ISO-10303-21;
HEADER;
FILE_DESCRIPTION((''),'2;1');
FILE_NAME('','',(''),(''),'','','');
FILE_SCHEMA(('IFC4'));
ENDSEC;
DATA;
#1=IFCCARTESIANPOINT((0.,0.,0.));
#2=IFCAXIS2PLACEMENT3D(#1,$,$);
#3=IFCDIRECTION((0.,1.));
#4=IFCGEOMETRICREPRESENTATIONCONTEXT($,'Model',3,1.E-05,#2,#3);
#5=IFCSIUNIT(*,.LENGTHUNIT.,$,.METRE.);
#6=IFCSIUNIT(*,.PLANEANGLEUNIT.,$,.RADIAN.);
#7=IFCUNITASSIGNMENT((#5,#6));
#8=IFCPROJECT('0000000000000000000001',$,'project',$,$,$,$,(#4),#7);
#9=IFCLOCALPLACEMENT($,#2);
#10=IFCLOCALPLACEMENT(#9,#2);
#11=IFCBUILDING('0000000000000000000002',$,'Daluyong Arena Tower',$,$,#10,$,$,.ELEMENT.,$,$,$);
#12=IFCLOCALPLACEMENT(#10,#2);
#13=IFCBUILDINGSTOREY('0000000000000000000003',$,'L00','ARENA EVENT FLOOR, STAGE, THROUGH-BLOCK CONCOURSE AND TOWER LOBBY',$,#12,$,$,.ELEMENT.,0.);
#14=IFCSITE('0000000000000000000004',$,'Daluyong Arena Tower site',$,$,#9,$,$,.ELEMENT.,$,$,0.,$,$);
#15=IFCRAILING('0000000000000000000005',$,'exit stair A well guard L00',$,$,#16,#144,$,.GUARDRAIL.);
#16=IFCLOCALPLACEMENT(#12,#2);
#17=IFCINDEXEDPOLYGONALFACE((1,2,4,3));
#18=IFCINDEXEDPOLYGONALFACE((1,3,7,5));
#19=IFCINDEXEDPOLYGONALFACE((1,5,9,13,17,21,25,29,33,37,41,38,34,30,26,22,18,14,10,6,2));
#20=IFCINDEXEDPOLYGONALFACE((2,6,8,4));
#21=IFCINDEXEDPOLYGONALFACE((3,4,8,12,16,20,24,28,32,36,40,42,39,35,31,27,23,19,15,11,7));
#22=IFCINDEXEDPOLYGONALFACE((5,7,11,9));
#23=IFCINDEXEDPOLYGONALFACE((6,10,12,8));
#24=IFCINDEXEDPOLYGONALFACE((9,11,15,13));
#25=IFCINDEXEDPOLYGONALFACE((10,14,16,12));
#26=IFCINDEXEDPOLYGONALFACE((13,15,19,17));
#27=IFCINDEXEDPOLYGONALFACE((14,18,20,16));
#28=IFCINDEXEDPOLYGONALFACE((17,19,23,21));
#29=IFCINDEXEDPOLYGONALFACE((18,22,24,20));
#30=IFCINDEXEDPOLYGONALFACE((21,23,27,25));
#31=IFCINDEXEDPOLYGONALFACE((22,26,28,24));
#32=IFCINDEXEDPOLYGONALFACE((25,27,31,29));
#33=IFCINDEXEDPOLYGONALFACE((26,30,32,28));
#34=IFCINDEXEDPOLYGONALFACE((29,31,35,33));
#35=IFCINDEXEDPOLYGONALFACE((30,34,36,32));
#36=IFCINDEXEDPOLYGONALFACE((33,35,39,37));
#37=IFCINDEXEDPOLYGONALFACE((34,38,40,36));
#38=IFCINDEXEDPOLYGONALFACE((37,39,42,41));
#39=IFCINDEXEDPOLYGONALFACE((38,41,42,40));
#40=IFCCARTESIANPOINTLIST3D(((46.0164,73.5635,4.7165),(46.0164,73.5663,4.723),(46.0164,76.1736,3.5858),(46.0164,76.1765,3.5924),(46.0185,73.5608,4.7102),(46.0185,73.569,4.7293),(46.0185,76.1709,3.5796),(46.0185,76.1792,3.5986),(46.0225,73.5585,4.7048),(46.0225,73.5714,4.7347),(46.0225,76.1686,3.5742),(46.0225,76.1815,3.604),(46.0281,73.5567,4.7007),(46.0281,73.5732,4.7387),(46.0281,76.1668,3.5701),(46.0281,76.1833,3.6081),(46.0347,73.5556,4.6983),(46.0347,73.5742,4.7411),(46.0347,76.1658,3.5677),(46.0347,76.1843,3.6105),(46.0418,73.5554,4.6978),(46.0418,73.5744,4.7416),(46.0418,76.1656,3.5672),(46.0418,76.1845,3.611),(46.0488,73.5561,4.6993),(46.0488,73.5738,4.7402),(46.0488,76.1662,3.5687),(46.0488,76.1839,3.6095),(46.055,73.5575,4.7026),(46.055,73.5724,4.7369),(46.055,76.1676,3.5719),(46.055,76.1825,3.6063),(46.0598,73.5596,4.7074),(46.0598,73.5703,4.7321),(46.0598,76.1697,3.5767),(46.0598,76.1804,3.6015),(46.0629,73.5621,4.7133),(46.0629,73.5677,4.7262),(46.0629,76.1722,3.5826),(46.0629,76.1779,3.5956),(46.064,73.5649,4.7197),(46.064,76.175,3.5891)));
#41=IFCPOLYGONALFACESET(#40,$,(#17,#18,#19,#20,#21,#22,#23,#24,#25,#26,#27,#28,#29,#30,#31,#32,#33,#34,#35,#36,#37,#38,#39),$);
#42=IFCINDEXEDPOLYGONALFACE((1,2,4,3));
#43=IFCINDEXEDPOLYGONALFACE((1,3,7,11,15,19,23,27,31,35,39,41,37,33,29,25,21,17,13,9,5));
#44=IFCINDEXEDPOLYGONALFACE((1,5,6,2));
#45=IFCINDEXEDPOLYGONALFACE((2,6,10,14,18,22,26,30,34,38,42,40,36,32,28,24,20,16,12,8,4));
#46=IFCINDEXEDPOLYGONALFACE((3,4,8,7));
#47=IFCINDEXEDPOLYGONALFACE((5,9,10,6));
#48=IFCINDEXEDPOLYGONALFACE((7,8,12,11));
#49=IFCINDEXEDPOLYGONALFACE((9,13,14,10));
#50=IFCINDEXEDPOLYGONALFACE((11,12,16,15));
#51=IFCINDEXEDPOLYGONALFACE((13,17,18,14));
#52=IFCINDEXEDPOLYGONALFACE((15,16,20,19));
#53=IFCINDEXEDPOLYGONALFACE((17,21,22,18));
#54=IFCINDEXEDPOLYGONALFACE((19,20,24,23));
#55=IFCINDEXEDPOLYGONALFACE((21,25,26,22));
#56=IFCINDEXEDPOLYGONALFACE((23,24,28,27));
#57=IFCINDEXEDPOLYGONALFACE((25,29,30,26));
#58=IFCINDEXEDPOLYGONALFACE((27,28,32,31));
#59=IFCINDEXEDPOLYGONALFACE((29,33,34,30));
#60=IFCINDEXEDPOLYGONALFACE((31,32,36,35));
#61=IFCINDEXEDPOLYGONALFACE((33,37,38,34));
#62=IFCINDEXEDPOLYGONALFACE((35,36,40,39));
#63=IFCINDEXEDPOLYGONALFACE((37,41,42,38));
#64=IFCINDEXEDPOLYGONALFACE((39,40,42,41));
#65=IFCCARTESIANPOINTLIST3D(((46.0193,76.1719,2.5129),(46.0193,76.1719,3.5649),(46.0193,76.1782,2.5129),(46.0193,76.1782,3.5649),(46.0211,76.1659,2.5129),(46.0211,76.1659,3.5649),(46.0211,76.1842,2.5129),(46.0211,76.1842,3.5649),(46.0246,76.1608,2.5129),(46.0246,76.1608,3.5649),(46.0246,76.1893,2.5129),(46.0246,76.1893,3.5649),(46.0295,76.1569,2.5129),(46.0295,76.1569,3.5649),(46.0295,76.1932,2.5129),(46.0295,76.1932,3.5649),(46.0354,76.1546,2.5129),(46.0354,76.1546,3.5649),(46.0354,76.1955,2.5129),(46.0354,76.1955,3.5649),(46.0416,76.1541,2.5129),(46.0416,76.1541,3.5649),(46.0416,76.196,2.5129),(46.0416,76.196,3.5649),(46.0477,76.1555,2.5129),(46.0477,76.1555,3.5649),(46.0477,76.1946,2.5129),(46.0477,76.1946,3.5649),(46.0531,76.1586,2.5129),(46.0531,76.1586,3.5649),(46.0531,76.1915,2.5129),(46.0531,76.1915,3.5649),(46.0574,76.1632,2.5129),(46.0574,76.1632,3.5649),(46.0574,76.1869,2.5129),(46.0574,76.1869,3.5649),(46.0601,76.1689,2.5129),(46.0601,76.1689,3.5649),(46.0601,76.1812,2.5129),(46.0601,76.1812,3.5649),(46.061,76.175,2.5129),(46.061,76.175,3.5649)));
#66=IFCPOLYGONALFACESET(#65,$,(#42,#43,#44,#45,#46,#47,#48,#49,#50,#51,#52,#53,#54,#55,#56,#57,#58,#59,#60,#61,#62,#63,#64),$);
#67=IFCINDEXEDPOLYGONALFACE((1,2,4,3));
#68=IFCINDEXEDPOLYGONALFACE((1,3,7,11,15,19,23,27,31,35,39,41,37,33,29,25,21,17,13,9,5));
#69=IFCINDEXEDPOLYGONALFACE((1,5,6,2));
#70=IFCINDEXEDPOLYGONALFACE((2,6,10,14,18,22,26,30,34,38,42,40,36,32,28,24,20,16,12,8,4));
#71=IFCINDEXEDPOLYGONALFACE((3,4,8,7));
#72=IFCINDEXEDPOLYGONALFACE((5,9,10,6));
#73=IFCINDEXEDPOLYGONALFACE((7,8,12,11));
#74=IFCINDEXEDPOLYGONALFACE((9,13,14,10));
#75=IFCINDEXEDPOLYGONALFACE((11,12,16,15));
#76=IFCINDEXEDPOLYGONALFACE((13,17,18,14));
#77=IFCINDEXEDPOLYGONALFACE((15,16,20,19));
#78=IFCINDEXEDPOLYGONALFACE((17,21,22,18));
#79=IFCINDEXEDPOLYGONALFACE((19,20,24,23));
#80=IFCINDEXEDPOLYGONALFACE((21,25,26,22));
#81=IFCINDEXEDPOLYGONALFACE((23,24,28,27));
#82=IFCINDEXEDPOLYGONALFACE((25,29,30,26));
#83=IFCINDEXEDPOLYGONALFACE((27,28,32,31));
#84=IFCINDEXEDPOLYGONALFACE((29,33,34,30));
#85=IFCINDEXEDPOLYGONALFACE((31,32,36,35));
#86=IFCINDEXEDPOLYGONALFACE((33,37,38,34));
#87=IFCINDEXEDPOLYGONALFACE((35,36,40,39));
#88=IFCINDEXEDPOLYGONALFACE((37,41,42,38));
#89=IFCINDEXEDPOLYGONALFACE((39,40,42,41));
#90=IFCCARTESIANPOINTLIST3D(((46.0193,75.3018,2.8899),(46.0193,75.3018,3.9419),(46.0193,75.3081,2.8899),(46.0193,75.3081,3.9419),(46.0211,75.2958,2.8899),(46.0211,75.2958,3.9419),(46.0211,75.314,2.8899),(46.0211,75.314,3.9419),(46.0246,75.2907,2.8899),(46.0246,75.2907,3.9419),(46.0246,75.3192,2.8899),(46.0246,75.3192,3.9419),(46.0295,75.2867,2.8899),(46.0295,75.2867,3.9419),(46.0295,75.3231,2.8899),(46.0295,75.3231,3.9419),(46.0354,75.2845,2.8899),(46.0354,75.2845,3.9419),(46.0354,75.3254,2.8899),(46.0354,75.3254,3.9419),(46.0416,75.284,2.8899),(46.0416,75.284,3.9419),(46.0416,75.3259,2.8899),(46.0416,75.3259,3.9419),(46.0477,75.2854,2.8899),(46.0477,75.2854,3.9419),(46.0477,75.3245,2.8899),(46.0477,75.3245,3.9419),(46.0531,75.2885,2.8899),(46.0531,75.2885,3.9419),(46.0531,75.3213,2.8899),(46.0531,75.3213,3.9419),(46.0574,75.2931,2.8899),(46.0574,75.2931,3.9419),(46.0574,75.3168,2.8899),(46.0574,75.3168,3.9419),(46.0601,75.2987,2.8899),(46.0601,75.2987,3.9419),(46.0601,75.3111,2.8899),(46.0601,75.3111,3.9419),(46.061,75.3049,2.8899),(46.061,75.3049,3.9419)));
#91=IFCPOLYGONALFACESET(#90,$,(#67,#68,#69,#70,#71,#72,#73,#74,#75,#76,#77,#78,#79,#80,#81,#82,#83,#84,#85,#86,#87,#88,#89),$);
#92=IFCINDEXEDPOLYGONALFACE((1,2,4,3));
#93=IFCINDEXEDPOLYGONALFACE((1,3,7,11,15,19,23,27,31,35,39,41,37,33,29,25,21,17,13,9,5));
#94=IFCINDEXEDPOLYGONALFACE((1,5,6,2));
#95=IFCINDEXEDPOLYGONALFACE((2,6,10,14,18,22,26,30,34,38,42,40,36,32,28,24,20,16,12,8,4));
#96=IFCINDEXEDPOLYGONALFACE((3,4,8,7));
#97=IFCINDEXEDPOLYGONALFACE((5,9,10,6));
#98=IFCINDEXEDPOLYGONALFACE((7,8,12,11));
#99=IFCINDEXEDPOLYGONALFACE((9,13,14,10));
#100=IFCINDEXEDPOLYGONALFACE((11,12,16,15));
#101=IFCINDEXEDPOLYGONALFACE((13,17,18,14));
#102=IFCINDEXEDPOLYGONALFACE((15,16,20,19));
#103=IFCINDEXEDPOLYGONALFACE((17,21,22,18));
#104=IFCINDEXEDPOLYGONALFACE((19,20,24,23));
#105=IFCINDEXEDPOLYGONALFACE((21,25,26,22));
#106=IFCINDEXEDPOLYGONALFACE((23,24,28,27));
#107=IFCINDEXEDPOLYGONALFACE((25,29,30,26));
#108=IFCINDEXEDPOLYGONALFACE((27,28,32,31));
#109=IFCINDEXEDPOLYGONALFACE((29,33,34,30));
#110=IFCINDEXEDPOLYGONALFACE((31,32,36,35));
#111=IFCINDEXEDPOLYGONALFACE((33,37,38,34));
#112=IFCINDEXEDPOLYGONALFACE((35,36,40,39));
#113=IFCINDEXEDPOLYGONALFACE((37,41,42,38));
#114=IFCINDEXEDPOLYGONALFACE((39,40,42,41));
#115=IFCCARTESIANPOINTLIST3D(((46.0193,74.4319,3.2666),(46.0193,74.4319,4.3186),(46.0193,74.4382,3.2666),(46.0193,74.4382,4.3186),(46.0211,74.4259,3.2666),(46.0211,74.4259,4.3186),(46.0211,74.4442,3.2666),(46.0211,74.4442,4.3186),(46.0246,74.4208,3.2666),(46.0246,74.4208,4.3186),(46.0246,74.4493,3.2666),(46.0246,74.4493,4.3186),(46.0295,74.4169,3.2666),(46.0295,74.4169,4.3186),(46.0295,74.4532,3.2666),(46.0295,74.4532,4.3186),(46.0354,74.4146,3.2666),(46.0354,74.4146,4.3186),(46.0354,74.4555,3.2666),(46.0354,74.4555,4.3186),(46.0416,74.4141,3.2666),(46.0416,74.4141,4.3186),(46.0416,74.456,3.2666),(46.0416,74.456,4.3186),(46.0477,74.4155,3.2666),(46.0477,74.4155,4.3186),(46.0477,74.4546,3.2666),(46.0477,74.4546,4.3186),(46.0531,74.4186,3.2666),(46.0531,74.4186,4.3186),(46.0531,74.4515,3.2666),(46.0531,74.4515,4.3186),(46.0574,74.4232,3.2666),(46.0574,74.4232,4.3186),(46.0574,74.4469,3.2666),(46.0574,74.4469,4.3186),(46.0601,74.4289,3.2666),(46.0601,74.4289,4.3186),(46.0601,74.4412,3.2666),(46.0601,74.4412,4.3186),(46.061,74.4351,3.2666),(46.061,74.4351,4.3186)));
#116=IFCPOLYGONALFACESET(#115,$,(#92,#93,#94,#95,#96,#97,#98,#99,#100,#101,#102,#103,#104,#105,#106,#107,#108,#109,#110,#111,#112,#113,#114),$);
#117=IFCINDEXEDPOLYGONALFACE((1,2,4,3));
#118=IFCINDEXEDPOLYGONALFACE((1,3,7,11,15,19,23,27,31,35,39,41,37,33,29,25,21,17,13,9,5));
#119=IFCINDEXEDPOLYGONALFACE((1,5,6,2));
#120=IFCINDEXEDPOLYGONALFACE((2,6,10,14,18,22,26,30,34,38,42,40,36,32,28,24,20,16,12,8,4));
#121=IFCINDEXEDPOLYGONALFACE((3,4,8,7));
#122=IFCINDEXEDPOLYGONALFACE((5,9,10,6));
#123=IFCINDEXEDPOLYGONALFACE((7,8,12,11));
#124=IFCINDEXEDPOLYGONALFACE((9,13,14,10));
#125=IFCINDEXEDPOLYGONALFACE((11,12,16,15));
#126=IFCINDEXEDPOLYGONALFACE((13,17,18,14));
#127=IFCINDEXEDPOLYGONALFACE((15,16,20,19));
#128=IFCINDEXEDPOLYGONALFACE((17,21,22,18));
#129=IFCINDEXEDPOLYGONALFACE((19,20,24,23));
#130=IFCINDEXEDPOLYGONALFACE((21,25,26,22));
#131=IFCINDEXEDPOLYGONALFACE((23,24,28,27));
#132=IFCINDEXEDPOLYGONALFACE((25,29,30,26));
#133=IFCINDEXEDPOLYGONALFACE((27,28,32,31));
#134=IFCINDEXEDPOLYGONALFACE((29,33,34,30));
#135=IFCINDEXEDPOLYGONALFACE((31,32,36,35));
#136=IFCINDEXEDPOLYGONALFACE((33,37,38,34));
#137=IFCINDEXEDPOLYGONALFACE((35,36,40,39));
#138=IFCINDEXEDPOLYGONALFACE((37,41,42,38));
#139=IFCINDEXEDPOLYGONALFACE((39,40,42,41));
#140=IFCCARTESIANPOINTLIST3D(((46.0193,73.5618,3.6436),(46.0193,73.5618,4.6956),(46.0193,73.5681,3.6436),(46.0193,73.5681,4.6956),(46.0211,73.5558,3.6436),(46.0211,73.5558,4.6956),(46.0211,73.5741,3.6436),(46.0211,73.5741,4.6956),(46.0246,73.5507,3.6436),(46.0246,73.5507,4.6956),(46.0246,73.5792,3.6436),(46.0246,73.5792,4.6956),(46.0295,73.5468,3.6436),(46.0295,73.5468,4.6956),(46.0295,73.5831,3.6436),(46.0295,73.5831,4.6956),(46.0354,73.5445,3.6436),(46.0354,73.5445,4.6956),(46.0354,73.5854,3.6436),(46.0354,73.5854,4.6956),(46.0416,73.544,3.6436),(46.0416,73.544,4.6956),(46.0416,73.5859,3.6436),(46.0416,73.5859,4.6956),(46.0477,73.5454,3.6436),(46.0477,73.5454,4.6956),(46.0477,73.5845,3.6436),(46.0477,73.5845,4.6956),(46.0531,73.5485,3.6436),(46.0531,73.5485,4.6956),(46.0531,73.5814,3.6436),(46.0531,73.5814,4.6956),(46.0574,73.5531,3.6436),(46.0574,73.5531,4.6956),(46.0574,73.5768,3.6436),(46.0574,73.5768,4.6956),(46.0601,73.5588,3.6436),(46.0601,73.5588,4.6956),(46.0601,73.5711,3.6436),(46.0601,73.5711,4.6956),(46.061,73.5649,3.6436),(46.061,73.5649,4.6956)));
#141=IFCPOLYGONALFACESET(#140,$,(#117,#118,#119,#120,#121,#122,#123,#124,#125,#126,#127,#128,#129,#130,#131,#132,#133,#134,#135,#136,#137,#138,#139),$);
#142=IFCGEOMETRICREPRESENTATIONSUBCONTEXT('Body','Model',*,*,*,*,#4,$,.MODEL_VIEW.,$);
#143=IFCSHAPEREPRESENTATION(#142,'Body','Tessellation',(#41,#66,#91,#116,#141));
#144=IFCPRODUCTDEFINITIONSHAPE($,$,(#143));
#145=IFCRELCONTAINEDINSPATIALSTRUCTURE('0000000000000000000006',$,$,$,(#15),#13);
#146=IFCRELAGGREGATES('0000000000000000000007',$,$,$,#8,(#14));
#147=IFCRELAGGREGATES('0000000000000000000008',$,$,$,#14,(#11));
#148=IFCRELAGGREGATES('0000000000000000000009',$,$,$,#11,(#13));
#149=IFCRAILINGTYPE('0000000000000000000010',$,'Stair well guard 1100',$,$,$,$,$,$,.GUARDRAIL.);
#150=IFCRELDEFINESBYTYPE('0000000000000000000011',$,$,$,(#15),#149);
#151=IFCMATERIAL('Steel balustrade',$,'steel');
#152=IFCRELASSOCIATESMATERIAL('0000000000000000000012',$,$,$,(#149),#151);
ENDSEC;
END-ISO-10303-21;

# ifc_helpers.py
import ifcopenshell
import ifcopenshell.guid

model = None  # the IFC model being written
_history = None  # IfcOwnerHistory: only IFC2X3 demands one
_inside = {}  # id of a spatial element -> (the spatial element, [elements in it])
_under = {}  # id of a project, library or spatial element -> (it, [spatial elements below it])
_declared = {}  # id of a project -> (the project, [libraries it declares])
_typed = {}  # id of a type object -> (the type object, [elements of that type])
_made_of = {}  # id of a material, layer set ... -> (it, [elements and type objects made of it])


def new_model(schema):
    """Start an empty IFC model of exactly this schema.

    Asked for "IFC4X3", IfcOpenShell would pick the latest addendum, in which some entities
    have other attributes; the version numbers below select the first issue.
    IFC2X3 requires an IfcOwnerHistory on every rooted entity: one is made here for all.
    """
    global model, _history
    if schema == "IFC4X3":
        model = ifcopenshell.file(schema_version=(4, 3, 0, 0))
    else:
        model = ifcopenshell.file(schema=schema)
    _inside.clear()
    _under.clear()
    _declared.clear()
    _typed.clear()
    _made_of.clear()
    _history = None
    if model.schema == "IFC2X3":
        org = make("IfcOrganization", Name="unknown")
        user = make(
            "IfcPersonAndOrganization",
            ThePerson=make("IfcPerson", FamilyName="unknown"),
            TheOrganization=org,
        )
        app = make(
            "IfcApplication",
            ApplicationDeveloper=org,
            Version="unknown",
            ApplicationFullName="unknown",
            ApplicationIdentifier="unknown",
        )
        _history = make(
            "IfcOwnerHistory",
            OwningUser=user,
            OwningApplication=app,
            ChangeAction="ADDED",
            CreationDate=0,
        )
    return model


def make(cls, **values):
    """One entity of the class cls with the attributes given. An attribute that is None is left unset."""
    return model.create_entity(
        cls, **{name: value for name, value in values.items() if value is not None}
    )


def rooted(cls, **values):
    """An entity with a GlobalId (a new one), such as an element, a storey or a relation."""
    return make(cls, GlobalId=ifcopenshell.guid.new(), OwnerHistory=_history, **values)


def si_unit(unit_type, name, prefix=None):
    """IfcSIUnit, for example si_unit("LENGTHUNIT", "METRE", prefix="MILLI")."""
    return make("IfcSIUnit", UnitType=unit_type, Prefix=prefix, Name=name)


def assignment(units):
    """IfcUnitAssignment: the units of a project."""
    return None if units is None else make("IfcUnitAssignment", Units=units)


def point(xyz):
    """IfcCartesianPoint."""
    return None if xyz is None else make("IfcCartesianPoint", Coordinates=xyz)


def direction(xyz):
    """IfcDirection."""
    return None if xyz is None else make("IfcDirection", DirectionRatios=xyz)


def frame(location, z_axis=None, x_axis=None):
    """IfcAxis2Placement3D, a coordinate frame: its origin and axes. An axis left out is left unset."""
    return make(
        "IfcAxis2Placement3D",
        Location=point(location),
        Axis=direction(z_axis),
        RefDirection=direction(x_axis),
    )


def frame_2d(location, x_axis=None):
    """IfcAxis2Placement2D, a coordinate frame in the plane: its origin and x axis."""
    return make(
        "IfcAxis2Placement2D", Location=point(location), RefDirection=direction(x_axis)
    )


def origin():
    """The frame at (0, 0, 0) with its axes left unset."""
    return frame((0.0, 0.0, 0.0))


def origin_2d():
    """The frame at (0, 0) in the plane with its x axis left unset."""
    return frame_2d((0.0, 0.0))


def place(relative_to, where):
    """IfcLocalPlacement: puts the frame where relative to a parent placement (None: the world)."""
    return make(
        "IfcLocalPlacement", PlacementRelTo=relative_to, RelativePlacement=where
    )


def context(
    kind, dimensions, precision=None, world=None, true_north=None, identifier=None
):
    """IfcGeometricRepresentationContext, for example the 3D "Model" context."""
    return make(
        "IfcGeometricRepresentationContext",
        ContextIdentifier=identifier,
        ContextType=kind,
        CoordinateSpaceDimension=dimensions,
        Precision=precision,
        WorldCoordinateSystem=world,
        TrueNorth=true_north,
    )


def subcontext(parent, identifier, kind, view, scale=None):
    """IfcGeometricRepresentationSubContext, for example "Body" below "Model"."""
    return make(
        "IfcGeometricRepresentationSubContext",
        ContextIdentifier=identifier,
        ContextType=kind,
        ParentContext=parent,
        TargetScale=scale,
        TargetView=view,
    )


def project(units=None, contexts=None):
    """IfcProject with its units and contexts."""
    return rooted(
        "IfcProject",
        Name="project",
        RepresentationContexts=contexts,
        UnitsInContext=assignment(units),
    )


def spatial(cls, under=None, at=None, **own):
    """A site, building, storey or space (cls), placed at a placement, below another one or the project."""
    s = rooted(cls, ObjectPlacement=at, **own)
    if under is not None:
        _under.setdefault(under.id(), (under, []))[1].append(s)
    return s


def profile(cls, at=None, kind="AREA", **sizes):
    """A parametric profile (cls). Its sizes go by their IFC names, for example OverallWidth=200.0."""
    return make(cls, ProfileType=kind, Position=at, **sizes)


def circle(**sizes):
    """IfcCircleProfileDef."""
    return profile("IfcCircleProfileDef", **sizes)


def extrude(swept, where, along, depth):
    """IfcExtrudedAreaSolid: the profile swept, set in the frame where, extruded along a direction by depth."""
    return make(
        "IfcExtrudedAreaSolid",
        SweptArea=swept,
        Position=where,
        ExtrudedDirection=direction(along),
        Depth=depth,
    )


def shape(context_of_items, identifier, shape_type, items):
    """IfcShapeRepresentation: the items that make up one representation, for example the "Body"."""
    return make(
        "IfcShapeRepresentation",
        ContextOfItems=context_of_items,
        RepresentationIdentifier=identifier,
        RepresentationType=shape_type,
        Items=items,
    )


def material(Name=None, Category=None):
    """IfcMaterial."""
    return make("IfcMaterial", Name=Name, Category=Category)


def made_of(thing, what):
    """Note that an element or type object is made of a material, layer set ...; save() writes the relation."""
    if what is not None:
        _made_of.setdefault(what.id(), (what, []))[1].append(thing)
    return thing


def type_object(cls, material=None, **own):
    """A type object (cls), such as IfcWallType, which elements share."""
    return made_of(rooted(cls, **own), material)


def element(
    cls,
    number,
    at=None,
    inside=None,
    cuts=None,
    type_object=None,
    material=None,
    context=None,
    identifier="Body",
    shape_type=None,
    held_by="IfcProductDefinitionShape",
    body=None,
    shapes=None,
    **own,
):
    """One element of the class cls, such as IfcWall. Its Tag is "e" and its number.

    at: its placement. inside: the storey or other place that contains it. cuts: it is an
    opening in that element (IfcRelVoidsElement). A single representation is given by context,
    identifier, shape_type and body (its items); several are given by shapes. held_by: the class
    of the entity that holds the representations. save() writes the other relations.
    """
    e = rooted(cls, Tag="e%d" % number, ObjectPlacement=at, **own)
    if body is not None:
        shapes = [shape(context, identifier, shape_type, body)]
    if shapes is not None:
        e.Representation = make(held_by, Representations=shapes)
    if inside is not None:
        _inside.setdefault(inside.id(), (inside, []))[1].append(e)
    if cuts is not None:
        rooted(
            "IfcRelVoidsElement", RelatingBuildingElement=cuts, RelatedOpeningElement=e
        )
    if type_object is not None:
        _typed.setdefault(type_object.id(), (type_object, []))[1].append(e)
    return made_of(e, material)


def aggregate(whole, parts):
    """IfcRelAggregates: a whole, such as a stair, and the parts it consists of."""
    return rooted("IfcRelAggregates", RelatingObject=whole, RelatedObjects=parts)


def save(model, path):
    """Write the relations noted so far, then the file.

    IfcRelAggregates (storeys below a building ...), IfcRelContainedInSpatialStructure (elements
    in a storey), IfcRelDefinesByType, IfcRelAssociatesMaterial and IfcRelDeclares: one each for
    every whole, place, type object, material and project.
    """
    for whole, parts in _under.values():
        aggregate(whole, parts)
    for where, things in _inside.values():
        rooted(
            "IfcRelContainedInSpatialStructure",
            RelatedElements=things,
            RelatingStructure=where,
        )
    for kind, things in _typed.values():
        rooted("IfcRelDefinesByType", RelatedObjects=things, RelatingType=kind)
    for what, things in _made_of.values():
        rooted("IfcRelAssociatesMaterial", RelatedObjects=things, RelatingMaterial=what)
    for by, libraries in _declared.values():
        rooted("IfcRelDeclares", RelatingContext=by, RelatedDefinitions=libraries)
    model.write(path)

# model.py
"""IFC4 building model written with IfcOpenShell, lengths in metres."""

from ifc_helpers import new_model, si_unit, direction, frame, origin, origin_2d, place, context, subcontext, project, spatial, circle, extrude, material, type_object, element, save


model = new_model("IFC4")

# Units and contexts
model_context = context("Model", 3, precision=1e-05, world=origin(), true_north=direction((0.0, 1.0)))
body_context = subcontext(model_context, "Body", "Model", "MODEL_VIEW")
ifc_project = project(units=[si_unit("LENGTHUNIT", "METRE"), si_unit("PLANEANGLEUNIT", "RADIAN")], contexts=[model_context])

# Site, building, storey
site_placement = place(None, origin())
site = spatial("IfcSite", under=ifc_project, at=site_placement, Name="Daluyong Arena Tower site", CompositionType="ELEMENT", RefElevation=0.0)
building_placement = place(site_placement, origin())
building = spatial("IfcBuilding", under=site, at=building_placement, Name="Daluyong Arena Tower", CompositionType="ELEMENT")
storey_placement = place(building_placement, origin())
storey = spatial("IfcBuildingStorey", under=building, at=storey_placement, Name="L00", Description="ARENA EVENT FLOOR, STAGE, THROUGH-BLOCK CONCOURSE AND TOWER LOBBY", CompositionType="ELEMENT", Elevation=0.0)

# Railing
ifc_material_1 = material(Name="Steel balustrade", Category="steel")
railing_type_1 = type_object("IfcRailingType", Name="Stair well guard 1100", PredefinedType="GUARDRAIL", material=ifc_material_1)
for number, where, name in (
    (1, (46.04, 76.175, 2.5129), "exit stair A well guard L00"),
):
    element("IfcRailing", number, at=place(storey_placement, frame(where)), inside=storey, type_object=railing_type_1, Name=name, PredefinedType="GUARDRAIL", context=body_context, shape_type="SweptSolid", body=[
        extrude(circle(Radius=0.0239, at=origin_2d()), frame((0.0, 0.0, 1.0762), z_axis=(0.0, -0.917611, 0.39748), x_axis=(1.0, 0.0, 0.0)), (0.0, 0.0, 1.0), 2.8445),
        extrude(circle(Radius=0.021, at=origin_2d()), origin(), (0.0, 0.0, 1.0), 1.052),
        extrude(circle(Radius=0.021, at=origin_2d()), frame((0.0, -0.8701, 0.377)), (0.0, 0.0, 1.0), 1.052),
        extrude(circle(Radius=0.021, at=origin_2d()), frame((0.0, -1.74, 0.7537)), (0.0, 0.0, 1.0), 1.052),
        extrude(circle(Radius=0.021, at=origin_2d()), frame((0.0, -2.6101, 1.1306)), (0.0, 0.0, 1.0), 1.052),
    ])

save(model, "model.ifc")
